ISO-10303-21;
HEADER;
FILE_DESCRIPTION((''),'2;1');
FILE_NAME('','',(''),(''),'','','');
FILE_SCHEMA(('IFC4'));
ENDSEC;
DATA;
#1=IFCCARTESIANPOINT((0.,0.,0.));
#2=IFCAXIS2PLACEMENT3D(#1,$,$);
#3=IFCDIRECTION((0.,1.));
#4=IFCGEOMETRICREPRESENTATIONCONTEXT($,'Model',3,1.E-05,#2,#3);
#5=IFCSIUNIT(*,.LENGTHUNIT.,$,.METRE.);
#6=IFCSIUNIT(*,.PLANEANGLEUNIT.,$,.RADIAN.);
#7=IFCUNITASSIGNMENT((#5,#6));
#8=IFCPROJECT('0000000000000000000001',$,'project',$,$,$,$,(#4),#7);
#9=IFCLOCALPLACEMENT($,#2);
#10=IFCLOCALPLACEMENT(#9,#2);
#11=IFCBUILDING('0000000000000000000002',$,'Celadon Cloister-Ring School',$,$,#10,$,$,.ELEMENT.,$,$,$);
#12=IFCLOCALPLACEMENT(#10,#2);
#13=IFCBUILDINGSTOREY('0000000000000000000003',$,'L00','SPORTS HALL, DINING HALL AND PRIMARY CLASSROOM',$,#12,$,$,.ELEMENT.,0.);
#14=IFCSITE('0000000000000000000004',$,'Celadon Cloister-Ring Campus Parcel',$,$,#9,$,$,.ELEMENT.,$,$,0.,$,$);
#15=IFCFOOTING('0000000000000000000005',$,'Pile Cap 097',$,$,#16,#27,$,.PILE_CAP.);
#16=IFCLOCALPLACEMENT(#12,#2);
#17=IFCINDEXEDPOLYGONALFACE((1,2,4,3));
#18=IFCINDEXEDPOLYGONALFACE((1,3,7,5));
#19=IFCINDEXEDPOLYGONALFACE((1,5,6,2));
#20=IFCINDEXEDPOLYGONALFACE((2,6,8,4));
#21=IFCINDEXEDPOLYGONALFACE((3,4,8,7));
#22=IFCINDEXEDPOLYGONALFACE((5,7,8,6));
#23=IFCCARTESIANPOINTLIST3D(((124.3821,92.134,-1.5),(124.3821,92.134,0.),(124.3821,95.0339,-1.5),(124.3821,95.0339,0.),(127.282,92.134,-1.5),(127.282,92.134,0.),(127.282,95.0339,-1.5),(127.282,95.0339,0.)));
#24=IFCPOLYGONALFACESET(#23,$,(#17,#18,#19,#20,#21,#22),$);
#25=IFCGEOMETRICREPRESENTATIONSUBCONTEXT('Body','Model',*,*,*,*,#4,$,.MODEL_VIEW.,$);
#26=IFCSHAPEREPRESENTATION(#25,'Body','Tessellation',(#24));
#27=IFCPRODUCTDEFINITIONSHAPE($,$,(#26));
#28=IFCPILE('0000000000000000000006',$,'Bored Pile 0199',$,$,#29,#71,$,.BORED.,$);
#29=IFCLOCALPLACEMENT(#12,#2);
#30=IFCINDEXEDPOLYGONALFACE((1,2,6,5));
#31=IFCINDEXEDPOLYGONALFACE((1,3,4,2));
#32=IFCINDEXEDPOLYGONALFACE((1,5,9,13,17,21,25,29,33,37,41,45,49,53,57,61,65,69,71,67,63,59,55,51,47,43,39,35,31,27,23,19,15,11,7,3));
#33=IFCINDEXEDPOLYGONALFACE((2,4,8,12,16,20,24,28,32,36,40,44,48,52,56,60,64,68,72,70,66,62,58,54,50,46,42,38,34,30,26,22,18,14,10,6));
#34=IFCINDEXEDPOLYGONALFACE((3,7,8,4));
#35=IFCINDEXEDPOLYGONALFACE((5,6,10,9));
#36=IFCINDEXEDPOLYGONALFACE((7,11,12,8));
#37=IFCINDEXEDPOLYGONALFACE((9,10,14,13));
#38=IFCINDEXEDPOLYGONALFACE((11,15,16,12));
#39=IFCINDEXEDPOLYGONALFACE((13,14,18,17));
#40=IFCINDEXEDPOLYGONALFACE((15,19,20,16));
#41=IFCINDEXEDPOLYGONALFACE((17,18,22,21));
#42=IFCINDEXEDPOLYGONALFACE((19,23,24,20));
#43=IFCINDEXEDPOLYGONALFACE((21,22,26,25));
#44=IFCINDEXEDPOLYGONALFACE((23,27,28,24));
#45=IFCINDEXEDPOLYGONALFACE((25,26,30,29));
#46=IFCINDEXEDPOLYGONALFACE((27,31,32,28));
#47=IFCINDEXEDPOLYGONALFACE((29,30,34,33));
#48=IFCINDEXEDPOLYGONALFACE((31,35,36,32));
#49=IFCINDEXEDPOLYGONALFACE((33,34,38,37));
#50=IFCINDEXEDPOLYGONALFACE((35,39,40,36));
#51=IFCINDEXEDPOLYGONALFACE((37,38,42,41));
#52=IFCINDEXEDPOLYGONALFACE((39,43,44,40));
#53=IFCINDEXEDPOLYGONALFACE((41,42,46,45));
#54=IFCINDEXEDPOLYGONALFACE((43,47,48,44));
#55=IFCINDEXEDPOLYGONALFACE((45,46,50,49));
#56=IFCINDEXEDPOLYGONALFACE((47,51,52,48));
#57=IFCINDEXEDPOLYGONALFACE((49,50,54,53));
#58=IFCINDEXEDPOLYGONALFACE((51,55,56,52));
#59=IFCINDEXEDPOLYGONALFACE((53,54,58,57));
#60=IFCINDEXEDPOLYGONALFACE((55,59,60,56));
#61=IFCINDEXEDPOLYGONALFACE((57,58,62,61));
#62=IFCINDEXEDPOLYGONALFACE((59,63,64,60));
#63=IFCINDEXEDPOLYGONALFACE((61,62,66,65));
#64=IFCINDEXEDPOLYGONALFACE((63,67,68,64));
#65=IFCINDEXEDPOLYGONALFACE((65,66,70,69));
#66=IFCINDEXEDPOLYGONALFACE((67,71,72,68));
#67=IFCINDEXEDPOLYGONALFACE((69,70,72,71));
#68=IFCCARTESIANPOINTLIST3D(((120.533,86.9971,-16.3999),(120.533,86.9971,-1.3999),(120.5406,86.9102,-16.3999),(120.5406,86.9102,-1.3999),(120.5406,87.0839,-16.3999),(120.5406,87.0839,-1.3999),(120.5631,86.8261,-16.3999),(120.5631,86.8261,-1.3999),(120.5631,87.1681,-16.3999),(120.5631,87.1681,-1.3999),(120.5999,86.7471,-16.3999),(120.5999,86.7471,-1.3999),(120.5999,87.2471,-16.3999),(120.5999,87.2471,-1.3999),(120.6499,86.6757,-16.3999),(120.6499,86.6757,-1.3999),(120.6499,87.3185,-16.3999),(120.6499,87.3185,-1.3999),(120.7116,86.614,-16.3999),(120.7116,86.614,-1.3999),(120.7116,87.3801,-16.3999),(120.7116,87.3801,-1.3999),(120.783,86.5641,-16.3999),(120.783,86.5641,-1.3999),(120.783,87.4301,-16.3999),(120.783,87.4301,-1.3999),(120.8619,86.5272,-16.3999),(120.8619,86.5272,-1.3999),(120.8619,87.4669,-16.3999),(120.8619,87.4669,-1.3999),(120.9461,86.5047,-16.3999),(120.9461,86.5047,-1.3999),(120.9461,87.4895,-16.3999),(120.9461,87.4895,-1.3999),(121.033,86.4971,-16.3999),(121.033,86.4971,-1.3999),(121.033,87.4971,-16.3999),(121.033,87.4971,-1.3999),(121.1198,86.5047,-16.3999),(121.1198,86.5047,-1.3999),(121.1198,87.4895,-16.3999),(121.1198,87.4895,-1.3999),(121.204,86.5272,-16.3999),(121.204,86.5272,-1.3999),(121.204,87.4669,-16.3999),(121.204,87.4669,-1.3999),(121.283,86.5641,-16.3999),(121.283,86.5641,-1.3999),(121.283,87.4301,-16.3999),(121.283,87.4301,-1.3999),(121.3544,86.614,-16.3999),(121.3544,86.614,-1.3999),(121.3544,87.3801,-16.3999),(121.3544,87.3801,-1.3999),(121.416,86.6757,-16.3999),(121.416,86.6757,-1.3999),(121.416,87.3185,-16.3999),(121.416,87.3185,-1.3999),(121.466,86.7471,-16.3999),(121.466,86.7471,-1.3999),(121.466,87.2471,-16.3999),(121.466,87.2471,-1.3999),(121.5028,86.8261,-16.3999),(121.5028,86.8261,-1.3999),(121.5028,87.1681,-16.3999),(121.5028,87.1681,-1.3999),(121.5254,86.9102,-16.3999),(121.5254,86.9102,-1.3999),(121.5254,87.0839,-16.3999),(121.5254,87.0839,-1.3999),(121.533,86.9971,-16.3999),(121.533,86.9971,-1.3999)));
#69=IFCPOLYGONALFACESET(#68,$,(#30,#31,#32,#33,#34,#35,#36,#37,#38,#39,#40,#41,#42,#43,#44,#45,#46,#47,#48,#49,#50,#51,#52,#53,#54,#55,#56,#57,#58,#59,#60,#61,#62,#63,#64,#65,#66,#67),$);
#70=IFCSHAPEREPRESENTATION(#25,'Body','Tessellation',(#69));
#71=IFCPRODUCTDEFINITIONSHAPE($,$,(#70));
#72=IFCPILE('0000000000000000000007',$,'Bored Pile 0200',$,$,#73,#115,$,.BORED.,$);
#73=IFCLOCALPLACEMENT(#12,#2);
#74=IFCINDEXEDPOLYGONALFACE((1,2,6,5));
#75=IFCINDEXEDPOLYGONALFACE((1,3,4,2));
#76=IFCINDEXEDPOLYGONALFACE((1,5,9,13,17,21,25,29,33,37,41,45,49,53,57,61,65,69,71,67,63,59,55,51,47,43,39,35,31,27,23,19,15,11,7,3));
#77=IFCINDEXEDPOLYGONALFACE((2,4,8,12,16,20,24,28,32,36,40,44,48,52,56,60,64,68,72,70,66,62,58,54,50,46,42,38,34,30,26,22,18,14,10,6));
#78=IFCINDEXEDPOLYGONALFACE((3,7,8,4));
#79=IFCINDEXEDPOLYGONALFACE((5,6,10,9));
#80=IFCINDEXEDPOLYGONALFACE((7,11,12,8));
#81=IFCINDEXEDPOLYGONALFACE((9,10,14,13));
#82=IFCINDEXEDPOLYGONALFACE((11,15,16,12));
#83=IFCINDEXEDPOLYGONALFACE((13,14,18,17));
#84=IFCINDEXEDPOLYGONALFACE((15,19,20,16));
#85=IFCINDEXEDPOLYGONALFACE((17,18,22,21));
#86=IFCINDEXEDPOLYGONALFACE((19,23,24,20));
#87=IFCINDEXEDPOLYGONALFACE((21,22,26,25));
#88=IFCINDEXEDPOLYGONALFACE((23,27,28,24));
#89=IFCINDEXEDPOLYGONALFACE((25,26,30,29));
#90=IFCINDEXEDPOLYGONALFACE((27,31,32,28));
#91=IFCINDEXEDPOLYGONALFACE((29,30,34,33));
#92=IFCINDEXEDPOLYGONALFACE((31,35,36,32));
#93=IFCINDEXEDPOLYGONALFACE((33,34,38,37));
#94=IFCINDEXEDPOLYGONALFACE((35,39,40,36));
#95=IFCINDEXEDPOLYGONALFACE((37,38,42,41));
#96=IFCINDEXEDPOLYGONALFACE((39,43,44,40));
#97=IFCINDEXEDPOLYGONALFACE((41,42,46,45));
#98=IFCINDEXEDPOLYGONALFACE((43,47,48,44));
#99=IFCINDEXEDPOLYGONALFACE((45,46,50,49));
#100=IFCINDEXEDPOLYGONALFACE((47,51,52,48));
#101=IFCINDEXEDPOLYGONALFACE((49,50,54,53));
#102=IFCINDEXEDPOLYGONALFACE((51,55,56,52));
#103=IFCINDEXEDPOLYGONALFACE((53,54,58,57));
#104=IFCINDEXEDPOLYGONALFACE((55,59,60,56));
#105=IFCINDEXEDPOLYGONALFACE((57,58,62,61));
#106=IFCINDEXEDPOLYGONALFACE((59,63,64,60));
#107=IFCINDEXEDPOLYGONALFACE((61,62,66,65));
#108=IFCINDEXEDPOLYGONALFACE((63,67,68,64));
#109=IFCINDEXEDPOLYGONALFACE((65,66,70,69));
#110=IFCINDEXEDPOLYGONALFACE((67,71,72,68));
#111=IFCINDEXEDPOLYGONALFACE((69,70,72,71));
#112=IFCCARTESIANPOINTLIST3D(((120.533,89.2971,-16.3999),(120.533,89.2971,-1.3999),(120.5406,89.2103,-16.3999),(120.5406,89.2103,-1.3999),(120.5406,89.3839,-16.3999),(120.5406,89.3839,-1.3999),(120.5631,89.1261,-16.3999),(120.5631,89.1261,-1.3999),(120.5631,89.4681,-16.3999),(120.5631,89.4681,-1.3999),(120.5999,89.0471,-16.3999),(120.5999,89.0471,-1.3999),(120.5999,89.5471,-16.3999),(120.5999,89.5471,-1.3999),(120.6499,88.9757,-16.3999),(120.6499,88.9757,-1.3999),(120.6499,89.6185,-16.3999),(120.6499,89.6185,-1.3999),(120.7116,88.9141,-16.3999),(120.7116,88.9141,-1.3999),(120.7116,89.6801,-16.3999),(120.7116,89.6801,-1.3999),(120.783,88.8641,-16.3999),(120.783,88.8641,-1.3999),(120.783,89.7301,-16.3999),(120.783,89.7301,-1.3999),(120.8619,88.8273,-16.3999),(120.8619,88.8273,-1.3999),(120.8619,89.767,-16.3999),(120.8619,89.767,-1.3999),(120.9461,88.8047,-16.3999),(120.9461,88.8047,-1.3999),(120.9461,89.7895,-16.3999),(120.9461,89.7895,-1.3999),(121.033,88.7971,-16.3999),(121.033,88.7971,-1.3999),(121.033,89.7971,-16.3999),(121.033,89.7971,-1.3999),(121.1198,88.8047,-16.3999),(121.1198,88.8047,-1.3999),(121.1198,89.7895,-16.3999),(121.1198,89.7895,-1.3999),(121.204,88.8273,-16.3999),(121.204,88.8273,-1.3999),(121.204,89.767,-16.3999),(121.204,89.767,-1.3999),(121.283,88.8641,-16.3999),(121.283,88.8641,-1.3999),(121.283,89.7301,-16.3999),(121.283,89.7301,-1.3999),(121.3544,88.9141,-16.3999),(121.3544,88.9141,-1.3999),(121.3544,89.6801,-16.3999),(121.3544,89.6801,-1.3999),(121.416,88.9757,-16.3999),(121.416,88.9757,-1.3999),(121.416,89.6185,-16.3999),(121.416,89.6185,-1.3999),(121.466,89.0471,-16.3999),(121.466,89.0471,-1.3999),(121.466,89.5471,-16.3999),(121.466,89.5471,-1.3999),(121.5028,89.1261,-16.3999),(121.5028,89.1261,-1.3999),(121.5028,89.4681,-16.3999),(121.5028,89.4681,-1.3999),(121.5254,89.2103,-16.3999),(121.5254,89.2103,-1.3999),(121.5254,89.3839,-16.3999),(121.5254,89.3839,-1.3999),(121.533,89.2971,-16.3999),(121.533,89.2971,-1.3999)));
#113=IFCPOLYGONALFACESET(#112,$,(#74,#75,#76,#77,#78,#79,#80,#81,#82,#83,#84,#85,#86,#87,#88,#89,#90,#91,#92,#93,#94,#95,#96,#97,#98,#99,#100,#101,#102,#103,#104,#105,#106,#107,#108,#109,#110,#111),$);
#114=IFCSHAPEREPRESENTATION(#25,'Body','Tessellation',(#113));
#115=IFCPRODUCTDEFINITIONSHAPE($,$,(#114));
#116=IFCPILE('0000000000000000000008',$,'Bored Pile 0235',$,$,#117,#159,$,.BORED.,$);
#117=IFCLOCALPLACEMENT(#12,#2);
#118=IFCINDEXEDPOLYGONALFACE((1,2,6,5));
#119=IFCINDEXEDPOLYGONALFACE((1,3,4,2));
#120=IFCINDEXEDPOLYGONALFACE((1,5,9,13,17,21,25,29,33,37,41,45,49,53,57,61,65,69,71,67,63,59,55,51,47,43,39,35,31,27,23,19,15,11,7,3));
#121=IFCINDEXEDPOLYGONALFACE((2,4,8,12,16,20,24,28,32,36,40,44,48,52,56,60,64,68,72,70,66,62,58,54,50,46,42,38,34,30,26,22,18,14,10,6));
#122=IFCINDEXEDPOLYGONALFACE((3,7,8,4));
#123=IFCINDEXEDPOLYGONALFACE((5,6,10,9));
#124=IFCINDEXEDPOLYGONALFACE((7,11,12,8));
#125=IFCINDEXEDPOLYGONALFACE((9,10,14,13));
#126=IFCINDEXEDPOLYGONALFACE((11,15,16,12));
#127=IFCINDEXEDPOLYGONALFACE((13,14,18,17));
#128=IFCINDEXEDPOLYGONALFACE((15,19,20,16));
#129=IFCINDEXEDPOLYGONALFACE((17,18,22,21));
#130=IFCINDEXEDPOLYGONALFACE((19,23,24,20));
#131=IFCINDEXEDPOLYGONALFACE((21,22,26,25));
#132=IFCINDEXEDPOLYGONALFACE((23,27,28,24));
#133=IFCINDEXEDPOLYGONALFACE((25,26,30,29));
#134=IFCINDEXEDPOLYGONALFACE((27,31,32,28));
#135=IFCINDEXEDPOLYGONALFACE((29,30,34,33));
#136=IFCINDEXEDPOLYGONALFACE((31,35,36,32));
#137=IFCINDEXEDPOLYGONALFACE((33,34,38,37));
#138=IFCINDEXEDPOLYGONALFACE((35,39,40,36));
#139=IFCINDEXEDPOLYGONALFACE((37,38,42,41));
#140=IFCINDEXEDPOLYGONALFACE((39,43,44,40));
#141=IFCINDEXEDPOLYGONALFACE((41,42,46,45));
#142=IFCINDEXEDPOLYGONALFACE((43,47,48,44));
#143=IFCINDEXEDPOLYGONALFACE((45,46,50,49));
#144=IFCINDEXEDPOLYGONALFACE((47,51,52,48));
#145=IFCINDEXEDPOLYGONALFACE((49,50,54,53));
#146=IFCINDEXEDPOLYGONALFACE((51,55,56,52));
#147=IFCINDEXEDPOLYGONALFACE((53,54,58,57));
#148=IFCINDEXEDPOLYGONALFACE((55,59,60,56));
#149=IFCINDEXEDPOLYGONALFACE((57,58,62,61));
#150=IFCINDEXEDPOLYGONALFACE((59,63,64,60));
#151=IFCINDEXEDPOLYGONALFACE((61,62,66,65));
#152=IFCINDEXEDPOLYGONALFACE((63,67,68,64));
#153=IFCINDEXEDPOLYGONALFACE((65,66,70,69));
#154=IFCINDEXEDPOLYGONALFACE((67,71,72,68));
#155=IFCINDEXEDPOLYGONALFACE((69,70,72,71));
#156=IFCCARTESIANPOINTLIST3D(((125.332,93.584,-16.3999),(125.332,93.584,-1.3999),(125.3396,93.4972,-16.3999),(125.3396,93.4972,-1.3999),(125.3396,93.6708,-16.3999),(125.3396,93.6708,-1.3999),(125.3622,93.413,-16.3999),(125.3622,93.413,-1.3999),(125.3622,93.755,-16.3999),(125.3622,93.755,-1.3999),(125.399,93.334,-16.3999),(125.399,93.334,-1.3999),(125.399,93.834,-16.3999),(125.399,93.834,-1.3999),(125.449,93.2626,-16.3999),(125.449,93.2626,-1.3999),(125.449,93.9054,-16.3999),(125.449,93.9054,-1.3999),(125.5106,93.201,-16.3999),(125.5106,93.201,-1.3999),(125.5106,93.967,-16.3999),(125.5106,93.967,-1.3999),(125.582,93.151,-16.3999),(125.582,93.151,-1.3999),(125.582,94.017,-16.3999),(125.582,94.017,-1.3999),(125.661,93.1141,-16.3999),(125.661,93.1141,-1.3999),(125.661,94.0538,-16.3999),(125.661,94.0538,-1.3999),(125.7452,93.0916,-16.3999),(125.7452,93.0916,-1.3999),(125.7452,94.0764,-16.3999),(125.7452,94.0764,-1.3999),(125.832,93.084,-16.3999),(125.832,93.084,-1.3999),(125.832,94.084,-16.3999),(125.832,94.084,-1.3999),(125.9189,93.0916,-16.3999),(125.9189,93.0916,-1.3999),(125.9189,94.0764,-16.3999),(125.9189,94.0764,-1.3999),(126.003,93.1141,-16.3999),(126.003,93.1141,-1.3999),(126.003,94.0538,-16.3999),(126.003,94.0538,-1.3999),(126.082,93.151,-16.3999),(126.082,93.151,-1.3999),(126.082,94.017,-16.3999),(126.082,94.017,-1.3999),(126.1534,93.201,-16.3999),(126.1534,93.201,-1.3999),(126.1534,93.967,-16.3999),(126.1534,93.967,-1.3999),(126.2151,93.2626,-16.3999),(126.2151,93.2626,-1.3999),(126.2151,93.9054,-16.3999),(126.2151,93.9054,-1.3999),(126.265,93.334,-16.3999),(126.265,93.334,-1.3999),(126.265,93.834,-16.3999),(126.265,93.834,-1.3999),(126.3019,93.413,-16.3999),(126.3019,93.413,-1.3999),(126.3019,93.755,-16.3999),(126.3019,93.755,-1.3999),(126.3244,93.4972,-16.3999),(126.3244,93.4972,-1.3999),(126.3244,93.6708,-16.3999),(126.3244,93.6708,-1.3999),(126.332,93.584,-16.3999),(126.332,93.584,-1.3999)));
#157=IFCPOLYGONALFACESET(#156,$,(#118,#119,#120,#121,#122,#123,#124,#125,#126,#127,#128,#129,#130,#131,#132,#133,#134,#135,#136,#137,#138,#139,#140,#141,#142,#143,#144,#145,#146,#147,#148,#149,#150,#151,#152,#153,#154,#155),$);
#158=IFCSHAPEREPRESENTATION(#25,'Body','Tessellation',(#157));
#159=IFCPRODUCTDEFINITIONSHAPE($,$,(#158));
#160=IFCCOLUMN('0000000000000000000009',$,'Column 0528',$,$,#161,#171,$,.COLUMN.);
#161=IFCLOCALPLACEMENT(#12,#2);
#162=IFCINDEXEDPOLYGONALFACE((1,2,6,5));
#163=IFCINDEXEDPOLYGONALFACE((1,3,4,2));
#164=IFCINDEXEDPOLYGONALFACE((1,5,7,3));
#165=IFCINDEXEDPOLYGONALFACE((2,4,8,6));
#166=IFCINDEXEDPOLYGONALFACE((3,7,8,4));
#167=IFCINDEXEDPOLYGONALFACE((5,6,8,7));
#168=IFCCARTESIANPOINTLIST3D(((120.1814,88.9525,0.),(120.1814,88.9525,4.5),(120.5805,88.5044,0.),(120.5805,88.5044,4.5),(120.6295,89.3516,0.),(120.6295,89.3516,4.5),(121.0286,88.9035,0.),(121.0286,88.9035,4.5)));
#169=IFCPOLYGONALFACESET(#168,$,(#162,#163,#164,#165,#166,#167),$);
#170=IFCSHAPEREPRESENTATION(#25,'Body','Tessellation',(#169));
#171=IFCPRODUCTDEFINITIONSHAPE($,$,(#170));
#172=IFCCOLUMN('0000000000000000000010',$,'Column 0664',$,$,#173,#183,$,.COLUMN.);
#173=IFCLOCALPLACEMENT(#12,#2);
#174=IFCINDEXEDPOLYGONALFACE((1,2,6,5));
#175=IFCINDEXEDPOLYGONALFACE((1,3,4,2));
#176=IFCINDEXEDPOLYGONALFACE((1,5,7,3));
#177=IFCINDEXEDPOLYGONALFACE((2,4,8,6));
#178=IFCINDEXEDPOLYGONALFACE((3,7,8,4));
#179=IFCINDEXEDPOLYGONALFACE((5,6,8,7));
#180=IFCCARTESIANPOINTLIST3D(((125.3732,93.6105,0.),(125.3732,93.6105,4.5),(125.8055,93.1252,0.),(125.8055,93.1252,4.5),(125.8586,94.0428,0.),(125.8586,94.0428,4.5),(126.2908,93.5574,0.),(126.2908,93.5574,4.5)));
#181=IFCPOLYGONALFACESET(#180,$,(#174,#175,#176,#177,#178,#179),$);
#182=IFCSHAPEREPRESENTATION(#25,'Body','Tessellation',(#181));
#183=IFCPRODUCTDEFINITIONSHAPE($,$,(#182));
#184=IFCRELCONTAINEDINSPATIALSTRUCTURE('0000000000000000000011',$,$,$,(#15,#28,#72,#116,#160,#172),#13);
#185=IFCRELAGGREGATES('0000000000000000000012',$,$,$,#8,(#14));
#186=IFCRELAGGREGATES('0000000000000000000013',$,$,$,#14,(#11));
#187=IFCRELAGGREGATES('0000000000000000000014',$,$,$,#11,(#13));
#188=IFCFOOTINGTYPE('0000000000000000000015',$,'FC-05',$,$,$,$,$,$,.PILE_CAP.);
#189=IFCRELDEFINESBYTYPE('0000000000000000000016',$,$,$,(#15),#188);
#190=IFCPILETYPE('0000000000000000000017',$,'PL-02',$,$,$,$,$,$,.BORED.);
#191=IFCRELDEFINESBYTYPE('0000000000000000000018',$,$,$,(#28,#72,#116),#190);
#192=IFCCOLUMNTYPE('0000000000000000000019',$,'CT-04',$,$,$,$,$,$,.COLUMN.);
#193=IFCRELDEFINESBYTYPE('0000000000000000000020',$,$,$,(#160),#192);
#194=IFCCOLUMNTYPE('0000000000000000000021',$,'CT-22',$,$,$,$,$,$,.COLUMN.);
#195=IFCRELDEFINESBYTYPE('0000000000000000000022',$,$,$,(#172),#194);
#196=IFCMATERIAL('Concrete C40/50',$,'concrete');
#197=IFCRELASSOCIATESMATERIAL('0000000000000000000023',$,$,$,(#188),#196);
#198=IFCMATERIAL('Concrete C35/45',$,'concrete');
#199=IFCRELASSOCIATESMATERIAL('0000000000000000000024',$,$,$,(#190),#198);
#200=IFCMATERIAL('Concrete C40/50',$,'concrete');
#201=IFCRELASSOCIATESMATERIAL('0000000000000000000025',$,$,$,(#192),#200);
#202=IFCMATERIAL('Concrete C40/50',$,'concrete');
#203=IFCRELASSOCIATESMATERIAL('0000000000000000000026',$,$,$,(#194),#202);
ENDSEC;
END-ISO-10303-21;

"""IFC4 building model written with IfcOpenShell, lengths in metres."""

from ifc_helpers import new_model, si_unit, direction, frame, origin, origin_2d, place, context, subcontext, project, spatial, rectangle, circle, extrude, material, material_profile, profile_set, type_object, element, save


model = new_model("IFC4")

# Units and contexts
model_context = context("Model", 3, precision=1e-05, world=origin(), true_north=direction((0.0, 1.0)))
body_context = subcontext(model_context, "Body", "Model", "MODEL_VIEW")
ifc_project = project(units=[si_unit("LENGTHUNIT", "METRE"), si_unit("PLANEANGLEUNIT", "RADIAN")], contexts=[model_context])

# Site, building, storey
site_placement = place(None, origin())
site = spatial("IfcSite", under=ifc_project, at=site_placement, Name="Celadon Cloister-Ring Campus Parcel", CompositionType="ELEMENT", RefElevation=0.0)
building_placement = place(site_placement, origin())
building = spatial("IfcBuilding", under=site, at=building_placement, Name="Celadon Cloister-Ring School", CompositionType="ELEMENT")
storey_placement = place(building_placement, origin())
storey = spatial("IfcBuildingStorey", under=building, at=storey_placement, Name="L00", Description="SPORTS HALL, DINING HALL AND PRIMARY CLASSROOM", CompositionType="ELEMENT", Elevation=0.0)

# Footing
ifc_material_1 = material(Name="Concrete C40/50", Category="concrete")
footing_type = type_object("IfcFootingType", Name="FC-05", PredefinedType="PILE_CAP", material=ifc_material_1)
footing_placement = place(storey_placement, frame((125.832, 93.584, -1.5), z_axis=(0.0, 0.0, 1.0), x_axis=(1.0, 0.0, 0.0)))
element("IfcFooting", 1, at=footing_placement, inside=storey, type_object=footing_type, Name="Pile Cap 097", PredefinedType="PILE_CAP", context=body_context, shape_type="SweptSolid", body=[
    extrude(rectangle(XDim=2.8999, YDim=2.8999, at=origin_2d()), origin(), (0.0, 0.0, 1.0), 1.5),
])

# Piles
ifc_material_2 = material(Name="Concrete C35/45", Category="concrete")
ifc_material_profile_1 = material_profile(ifc_material_2, circle(Radius=0.5, at=origin_2d()), Name="PILE1000")
ifc_profile_set_1 = profile_set([ifc_material_profile_1], Name="Concrete C35/45")
pile_type = type_object("IfcPileType", Name="PL-02", PredefinedType="BORED", material=ifc_profile_set_1)
for number, where, z_axis, x_axis, name in (
    (2, (121.033, 86.9971, -1.3999), (0.0, 0.0, -1.0), (1.0, 0.0, 0.0), "Bored Pile 0199"),
    (3, (121.033, 89.2971, -1.3999), (0.0, 0.0, -1.0), (1.0, 0.0, 0.0), "Bored Pile 0200"),
    (4, (125.832, 93.584, -1.3999), (0.0, 0.0, -1.0), (1.0, 0.0, 0.0), "Bored Pile 0235"),
):
    element("IfcPile", number, at=place(storey_placement, frame(where, z_axis=z_axis, x_axis=x_axis)), inside=storey, type_object=pile_type, Name=name, PredefinedType="BORED", context=body_context, shape_type="SweptSolid", body=[
        extrude(circle(Radius=0.5, at=origin_2d()), origin(), (0.0, 0.0, 1.0), 15.0),
    ])

# Columns
ifc_material_3 = material(Name="Concrete C40/50", Category="concrete")
ifc_material_profile_2 = material_profile(ifc_material_3, rectangle(XDim=0.6001, YDim=0.6001, at=origin_2d()), Name="RC600X600")
ifc_profile_set_2 = profile_set([ifc_material_profile_2], Name="Concrete C40/50")
column_type_1 = type_object("IfcColumnType", Name="CT-04", PredefinedType="COLUMN", material=ifc_profile_set_2)
column_1_placement = place(storey_placement, frame((120.605, 88.928, 0.0), z_axis=(0.0, 0.0, 1.0), x_axis=(0.746777, 0.665074, 0.0)))
element("IfcColumn", 5, at=column_1_placement, inside=storey, type_object=column_type_1, Name="Column 0528", PredefinedType="COLUMN", context=body_context, shape_type="SweptSolid", body=[
    extrude(rectangle(XDim=0.6001, YDim=0.6001, at=origin_2d()), origin(), (0.0, 0.0, 1.0), 4.5),
])
ifc_material_4 = material(Name="Concrete C40/50", Category="concrete")
ifc_material_profile_3 = material_profile(ifc_material_4, rectangle(XDim=0.6499, YDim=0.6499, at=origin_2d()), Name="RC650X650")
ifc_profile_set_3 = profile_set([ifc_material_profile_3], Name="Concrete C40/50")
column_type_2 = type_object("IfcColumnType", Name="CT-22", PredefinedType="COLUMN", material=ifc_profile_set_3)
column_2_placement = place(storey_placement, frame((125.832, 93.584, 0.0), z_axis=(0.0, 0.0, 1.0), x_axis=(0.746777, 0.665074, 0.0)))
element("IfcColumn", 6, at=column_2_placement, inside=storey, type_object=column_type_2, Name="Column 0664", PredefinedType="COLUMN", context=body_context, shape_type="SweptSolid", body=[
    extrude(rectangle(XDim=0.6499, YDim=0.6499, at=origin_2d()), origin(), (0.0, 0.0, 1.0), 4.5),
])

save(model, "model.ifc")
